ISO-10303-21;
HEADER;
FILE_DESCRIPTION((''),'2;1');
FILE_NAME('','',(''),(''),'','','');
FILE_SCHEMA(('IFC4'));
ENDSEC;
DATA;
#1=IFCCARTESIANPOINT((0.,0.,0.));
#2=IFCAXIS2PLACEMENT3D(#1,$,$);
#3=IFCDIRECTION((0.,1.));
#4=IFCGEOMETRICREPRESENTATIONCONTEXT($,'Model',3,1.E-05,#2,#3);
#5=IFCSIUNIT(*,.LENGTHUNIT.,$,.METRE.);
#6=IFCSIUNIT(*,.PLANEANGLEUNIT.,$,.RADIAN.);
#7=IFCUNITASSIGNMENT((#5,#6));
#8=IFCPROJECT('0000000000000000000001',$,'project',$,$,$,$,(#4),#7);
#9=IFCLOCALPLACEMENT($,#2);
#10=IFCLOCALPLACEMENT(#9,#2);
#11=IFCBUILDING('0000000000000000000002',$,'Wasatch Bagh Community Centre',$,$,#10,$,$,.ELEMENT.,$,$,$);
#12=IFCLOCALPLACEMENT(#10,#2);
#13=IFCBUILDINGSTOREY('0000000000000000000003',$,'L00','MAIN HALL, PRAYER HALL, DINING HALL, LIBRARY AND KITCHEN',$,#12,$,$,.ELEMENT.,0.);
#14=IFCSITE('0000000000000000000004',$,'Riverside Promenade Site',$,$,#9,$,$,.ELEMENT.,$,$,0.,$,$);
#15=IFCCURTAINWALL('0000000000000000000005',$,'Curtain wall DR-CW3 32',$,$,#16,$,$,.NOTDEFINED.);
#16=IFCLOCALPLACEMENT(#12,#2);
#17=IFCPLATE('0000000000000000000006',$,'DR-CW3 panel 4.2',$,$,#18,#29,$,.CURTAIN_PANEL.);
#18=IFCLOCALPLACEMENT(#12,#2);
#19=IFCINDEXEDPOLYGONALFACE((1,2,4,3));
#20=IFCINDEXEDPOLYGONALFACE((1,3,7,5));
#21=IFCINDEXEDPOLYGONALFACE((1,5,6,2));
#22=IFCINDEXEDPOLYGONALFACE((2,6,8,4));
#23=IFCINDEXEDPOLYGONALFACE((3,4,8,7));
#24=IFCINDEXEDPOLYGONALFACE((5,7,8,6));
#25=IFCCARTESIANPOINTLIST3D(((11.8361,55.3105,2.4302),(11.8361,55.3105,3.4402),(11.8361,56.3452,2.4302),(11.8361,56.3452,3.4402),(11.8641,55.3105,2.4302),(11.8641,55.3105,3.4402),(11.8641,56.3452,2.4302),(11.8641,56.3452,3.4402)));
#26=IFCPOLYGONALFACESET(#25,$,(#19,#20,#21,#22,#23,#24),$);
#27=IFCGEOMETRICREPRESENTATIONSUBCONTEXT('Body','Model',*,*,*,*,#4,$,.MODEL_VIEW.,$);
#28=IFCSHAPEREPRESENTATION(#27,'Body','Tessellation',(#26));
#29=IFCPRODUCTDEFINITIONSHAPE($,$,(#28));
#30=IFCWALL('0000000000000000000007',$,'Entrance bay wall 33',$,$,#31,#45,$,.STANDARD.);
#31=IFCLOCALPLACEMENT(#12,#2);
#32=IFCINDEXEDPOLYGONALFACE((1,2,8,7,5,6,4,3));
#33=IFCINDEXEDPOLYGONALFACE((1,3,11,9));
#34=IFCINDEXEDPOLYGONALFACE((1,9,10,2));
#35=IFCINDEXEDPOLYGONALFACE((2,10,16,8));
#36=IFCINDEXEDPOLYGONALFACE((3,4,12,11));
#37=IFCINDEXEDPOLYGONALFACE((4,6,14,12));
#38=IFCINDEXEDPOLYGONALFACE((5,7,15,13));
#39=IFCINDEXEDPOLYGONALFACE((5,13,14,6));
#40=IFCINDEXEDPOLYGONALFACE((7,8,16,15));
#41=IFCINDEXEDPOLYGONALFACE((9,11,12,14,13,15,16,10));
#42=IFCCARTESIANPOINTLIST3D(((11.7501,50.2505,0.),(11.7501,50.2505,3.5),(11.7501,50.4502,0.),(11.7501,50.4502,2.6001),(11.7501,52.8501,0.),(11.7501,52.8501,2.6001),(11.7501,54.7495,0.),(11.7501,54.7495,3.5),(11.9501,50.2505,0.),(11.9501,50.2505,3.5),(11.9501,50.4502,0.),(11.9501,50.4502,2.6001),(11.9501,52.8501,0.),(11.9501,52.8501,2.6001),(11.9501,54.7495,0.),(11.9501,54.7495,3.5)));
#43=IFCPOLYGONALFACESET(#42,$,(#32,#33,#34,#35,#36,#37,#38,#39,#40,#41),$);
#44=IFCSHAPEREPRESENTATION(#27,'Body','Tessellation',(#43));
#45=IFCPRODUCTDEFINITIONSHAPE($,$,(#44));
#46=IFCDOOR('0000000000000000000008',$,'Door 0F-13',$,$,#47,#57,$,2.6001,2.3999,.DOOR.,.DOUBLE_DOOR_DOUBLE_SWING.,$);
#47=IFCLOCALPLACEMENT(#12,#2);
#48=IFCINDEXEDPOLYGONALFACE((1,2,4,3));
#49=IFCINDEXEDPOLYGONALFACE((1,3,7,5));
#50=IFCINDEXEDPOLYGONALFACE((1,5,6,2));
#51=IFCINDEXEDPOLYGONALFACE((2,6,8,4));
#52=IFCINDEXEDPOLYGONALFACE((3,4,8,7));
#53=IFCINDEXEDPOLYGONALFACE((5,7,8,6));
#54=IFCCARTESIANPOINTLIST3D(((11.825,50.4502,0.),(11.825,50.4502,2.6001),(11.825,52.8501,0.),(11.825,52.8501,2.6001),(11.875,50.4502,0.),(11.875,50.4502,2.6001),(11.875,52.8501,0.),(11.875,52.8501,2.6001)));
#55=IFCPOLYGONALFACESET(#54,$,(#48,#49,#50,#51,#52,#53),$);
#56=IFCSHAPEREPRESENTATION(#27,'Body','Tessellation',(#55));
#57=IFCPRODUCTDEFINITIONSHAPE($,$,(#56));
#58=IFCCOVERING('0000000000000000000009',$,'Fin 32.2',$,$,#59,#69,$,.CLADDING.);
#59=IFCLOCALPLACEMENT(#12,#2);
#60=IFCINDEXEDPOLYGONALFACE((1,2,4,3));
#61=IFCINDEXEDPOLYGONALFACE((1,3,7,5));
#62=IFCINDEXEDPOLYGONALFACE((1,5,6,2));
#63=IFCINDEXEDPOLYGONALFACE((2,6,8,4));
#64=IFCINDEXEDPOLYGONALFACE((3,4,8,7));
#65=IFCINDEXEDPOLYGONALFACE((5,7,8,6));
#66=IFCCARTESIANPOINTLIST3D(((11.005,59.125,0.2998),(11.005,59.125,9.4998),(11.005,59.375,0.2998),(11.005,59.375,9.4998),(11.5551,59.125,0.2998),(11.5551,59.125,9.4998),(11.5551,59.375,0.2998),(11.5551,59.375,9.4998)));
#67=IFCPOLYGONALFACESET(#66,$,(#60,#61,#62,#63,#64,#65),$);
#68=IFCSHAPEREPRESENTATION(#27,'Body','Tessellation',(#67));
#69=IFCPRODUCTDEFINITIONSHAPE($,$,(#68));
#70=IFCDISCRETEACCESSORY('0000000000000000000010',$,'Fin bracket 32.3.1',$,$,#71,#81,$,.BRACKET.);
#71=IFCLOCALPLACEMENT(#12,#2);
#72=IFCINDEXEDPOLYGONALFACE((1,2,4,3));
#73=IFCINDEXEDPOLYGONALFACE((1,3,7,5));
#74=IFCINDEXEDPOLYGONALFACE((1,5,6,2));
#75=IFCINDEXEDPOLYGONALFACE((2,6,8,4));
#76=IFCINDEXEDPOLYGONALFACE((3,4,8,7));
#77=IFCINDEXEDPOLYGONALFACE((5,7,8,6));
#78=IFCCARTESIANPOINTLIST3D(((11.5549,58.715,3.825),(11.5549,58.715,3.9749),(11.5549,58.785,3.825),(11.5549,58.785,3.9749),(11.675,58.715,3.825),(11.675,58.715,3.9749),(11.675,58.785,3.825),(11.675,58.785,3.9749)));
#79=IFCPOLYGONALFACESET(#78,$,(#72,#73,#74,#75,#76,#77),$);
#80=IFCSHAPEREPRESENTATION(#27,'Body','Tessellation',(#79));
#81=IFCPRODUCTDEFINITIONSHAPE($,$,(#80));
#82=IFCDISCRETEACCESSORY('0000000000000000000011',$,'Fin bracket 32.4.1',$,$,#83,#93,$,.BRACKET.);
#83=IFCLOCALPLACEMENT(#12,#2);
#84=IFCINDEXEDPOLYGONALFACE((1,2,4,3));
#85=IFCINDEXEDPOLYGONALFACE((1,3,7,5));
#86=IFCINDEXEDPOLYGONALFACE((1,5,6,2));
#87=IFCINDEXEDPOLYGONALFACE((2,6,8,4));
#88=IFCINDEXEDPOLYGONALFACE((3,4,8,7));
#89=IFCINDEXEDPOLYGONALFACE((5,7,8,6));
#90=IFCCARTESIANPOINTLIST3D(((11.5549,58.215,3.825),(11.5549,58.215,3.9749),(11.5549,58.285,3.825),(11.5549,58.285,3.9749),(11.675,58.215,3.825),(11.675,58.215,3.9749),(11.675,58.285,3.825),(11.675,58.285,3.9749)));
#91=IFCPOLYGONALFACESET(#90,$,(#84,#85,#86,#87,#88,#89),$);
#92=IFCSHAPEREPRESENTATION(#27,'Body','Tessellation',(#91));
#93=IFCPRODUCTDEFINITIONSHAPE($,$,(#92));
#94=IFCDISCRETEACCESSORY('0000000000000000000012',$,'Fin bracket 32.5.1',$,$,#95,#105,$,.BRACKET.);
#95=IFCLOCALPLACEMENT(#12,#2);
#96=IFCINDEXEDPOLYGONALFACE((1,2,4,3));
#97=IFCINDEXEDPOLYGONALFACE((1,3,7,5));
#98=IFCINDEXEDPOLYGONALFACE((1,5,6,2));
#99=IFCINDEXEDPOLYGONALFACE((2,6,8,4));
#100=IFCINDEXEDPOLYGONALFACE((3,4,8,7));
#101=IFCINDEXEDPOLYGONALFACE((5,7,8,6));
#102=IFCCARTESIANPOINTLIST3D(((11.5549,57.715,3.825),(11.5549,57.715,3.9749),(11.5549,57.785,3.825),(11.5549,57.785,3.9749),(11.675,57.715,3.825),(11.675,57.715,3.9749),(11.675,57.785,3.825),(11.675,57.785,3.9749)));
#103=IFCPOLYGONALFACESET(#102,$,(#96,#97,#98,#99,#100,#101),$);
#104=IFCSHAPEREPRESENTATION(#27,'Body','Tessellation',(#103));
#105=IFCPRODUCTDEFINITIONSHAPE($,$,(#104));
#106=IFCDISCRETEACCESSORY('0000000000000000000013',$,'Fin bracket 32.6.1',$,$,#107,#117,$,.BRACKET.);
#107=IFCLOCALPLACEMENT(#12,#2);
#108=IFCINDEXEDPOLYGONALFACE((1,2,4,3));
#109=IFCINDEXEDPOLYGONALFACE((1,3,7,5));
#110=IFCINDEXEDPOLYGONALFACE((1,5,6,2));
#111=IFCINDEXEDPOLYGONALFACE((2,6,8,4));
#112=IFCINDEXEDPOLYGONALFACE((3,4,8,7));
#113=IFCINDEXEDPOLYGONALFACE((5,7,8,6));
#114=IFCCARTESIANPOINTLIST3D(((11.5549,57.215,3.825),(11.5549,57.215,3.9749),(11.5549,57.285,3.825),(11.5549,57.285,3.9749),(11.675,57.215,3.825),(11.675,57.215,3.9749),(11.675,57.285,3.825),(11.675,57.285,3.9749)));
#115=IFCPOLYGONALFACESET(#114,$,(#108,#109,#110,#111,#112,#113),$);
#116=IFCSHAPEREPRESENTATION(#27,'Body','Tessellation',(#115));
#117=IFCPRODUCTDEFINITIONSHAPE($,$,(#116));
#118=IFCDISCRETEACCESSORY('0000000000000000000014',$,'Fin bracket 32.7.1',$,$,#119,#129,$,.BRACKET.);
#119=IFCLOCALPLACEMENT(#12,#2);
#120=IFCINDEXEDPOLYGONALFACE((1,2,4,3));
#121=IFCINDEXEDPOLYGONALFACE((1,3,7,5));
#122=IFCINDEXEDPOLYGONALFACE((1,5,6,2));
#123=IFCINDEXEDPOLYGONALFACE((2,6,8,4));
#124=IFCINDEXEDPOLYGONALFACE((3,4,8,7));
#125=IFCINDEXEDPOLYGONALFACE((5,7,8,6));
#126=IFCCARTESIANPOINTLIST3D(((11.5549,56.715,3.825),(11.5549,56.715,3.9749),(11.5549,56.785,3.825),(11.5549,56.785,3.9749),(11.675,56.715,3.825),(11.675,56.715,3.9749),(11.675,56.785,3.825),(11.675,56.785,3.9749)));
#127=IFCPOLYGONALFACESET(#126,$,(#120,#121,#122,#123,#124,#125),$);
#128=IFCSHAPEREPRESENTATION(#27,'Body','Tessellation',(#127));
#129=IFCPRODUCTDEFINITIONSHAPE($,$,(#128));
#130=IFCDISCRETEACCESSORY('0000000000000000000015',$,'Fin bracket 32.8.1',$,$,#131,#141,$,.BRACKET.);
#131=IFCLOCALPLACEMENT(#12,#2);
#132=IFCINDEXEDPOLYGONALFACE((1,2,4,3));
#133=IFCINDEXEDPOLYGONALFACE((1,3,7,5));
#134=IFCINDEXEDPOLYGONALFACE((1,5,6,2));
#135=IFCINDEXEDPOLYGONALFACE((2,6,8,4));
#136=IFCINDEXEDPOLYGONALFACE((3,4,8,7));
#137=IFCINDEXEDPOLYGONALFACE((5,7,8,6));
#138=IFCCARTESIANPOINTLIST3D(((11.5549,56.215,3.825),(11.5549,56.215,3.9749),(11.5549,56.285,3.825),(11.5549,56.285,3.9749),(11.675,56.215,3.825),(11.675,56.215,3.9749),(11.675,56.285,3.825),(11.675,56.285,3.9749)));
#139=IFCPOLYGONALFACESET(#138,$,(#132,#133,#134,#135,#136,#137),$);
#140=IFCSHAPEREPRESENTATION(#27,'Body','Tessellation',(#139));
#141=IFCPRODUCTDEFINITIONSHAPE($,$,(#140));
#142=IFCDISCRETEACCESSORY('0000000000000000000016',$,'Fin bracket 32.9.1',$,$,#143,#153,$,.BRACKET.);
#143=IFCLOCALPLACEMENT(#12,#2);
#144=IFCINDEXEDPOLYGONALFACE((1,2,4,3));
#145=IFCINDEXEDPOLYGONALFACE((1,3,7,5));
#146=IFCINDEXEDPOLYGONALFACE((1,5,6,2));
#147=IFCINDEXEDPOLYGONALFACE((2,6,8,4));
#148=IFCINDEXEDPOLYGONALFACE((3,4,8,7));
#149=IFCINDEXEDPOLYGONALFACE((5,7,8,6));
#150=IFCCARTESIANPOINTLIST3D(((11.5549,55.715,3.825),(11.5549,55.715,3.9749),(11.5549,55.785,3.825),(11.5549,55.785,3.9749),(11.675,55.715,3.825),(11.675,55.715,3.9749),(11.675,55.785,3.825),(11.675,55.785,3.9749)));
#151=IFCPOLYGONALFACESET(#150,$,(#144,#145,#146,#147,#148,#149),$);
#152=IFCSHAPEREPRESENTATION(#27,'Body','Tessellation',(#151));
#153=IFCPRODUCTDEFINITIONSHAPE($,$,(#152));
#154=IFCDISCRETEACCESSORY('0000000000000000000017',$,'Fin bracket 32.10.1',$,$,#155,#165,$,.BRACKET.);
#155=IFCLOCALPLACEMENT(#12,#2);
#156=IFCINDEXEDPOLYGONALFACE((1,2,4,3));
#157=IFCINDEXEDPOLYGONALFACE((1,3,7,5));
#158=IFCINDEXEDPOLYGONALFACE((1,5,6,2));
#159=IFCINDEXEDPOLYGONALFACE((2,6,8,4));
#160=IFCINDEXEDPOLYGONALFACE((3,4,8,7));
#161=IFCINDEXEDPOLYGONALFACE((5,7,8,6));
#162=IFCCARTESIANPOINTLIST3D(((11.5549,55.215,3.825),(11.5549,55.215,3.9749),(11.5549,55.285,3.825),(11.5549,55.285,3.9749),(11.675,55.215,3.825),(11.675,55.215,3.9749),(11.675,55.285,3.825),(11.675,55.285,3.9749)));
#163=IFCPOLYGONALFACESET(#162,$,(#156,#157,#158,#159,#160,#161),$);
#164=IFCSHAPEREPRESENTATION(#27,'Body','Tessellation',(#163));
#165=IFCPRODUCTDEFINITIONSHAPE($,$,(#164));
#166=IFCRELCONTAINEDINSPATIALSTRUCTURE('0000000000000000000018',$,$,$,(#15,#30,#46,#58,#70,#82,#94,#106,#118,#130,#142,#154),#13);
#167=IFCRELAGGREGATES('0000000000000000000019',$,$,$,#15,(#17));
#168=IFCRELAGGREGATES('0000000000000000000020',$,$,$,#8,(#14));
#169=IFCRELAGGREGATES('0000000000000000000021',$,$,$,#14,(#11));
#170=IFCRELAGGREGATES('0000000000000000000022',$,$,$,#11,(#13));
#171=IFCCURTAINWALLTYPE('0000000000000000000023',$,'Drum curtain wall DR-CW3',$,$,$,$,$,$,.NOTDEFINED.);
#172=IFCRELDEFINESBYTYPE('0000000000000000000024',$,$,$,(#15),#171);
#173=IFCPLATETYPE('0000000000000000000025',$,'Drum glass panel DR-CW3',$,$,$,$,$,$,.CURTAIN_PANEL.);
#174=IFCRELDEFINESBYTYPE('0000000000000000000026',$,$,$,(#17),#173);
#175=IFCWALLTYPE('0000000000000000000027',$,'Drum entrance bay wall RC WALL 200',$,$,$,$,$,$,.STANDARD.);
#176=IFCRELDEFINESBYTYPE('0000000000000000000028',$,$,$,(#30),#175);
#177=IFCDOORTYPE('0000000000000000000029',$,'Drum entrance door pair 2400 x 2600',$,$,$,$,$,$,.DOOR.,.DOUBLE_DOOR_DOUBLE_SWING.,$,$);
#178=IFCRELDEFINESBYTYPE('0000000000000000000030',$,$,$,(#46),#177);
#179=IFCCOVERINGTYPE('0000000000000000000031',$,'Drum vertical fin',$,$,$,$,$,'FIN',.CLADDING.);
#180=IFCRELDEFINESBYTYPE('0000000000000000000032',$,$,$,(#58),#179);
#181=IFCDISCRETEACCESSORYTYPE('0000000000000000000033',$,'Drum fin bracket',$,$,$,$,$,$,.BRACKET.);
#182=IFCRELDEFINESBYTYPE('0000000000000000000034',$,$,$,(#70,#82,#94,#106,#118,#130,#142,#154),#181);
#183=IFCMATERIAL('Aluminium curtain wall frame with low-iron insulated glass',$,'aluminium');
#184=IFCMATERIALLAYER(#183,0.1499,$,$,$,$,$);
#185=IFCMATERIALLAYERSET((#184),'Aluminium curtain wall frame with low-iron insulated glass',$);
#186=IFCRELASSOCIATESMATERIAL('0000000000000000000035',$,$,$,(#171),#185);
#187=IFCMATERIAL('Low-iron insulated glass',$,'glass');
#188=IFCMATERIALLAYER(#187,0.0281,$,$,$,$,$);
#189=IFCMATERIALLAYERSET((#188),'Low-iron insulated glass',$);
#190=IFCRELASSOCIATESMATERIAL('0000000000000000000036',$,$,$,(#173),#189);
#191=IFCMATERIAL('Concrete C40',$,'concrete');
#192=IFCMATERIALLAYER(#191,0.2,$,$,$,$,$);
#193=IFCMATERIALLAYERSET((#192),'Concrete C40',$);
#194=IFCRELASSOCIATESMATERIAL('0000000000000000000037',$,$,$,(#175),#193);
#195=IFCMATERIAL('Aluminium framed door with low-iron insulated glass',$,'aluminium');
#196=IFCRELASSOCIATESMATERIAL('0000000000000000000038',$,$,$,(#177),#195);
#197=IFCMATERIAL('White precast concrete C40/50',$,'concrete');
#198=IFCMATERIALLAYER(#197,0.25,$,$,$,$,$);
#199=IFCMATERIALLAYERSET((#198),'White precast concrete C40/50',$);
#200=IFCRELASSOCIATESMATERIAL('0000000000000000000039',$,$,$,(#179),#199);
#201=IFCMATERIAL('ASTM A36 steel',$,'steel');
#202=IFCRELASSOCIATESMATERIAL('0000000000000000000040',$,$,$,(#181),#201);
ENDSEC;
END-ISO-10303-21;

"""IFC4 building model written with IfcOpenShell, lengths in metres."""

from ifc_helpers import new_model, si_unit, direction, frame, frame_2d, origin, origin_2d, place, context, subcontext, project, spatial, rectangle, extrude, material, layer, layer_set, type_object, element, fill, aggregate, save


model = new_model("IFC4")

# Units and contexts
model_context = context("Model", 3, precision=1e-05, world=origin(), true_north=direction((0.0, 1.0)))
body_context = subcontext(model_context, "Body", "Model", "MODEL_VIEW")
ifc_project = project(units=[si_unit("LENGTHUNIT", "METRE"), si_unit("PLANEANGLEUNIT", "RADIAN")], contexts=[model_context])

# Site, building, storey
site_placement = place(None, origin())
site = spatial("IfcSite", under=ifc_project, at=site_placement, Name="Riverside Promenade Site", CompositionType="ELEMENT", RefElevation=0.0)
building_placement = place(site_placement, origin())
building = spatial("IfcBuilding", under=site, at=building_placement, Name="Wasatch Bagh Community Centre", CompositionType="ELEMENT")
storey_placement = place(building_placement, origin())
storey = spatial("IfcBuildingStorey", under=building, at=storey_placement, Name="L00", Description="MAIN HALL, PRAYER HALL, DINING HALL, LIBRARY AND KITCHEN", CompositionType="ELEMENT", Elevation=0.0)

# Shared definitions
ifc_material_1 = material(Name="Concrete C40", Category="concrete")

# Curtain wall
ifc_material_2 = material(Name="Aluminium curtain wall frame with low-iron insulated glass", Category="aluminium")
ifc_layer_1 = layer(ifc_material_2, 0.1499)
ifc_layer_set_1 = layer_set([ifc_layer_1], Name="Aluminium curtain wall frame with low-iron insulated glass")
curtain_wall_type = type_object("IfcCurtainWallType", Name="Drum curtain wall DR-CW3", PredefinedType="NOTDEFINED", material=ifc_layer_set_1)
curtain_wall_placement = place(storey_placement, origin())
curtain_wall = element("IfcCurtainWall", 1, at=curtain_wall_placement, inside=storey, type_object=curtain_wall_type, Name="Curtain wall DR-CW3 32", PredefinedType="NOTDEFINED")

# Plate
ifc_material_3 = material(Name="Low-iron insulated glass", Category="glass")
ifc_layer_2 = layer(ifc_material_3, 0.0281)
ifc_layer_set_2 = layer_set([ifc_layer_2], Name="Low-iron insulated glass")
plate_type = type_object("IfcPlateType", Name="Drum glass panel DR-CW3", PredefinedType="CURTAIN_PANEL", material=ifc_layer_set_2)
plate_1_placement = place(storey_placement, frame((11.8501, 55.8279, 2.4302), z_axis=(0.0, 0.0, 1.0), x_axis=(0.0, -1.0, 0.0)))
plate_1 = element("IfcPlate", 2, at=plate_1_placement, type_object=plate_type, Name="DR-CW3 panel 4.2", PredefinedType="CURTAIN_PANEL", context=body_context, shape_type="SweptSolid", body=[
    extrude(rectangle(XDim=1.0347, YDim=0.0281, at=origin_2d()), origin(), (0.0, 0.0, 1.0), 1.01),
])
aggregate(curtain_wall, [plate_1])

# Wall, opening, door
ifc_layer_3 = layer(ifc_material_1, 0.2)
ifc_layer_set_3 = layer_set([ifc_layer_3], Name="Concrete C40")
wall_type = type_object("IfcWallType", Name="Drum entrance bay wall RC WALL 200", PredefinedType="STANDARD", material=ifc_layer_set_3)
wall_placement = place(storey_placement, frame((11.8501, 54.7495, 0.0), z_axis=(0.0, 0.0, 1.0), x_axis=(0.0, -1.0, 0.0)))
wall = element("IfcWall", 3, at=wall_placement, inside=storey, type_object=wall_type, Name="Entrance bay wall 33", PredefinedType="STANDARD", context=body_context, shape_type="SweptSolid", body=[
    extrude(rectangle(XDim=4.499, YDim=0.2, at=frame_2d((2.2495, 0.0))), origin(), (0.0, 0.0, 1.0), 3.5),
])
opening_placement = place(wall_placement, frame((1.8994, 0.0, 0.0)))
opening = element("IfcOpeningElement", 4, at=opening_placement, cuts=wall, PredefinedType="OPENING", context=body_context, shape_type="SweptSolid", body=[
    extrude(rectangle(XDim=2.3999, YDim=2.6001, at=frame_2d((1.2, 1.3))), frame((0.0, 0.1099, 0.0), z_axis=(0.0, -1.0, 0.0), x_axis=(1.0, 0.0, 0.0)), (0.0, 0.0, 1.0), 0.22),
])
ifc_material_4 = material(Name="Aluminium framed door with low-iron insulated glass", Category="aluminium")
door_type = type_object("IfcDoorType", Name="Drum entrance door pair 2400 x 2600", OperationType="DOUBLE_DOOR_DOUBLE_SWING", PredefinedType="DOOR", material=ifc_material_4)
door_placement = place(opening_placement, origin())
door = element("IfcDoor", 5, at=door_placement, inside=storey, type_object=door_type, Name="Door 0F-13", OperationType="DOUBLE_DOOR_DOUBLE_SWING", OverallHeight=2.6001, OverallWidth=2.3999, PredefinedType="DOOR", context=body_context, shape_type="SweptSolid", body=[
    extrude(rectangle(XDim=2.3999, YDim=2.6001, at=frame_2d((1.2, 1.3))), frame((0.0, 0.0249, 0.0), z_axis=(0.0, -1.0, 0.0), x_axis=(1.0, 0.0, 0.0)), (0.0, 0.0, 1.0), 0.05),
])
fill(opening, door)

# Covering
ifc_material_5 = material(Name="White precast concrete C40/50", Category="concrete")
ifc_layer_4 = layer(ifc_material_5, 0.25)
ifc_layer_set_4 = layer_set([ifc_layer_4], Name="White precast concrete C40/50")
covering_type = type_object("IfcCoveringType", Name="Drum vertical fin", ElementType="FIN", PredefinedType="CLADDING", material=ifc_layer_set_4)
covering_placement = place(storey_placement, frame((11.28, 59.25, 0.2998), z_axis=(0.0, 0.0, 1.0), x_axis=(0.0, -1.0, 0.0)))
element("IfcCovering", 6, at=covering_placement, inside=storey, type_object=covering_type, Name="Fin 32.2", PredefinedType="CLADDING", context=body_context, shape_type="SweptSolid", body=[
    extrude(rectangle(XDim=0.25, YDim=0.55, at=origin_2d()), origin(), (0.0, 0.0, 1.0), 9.2),
])

# Discrete accessories
ifc_material_6 = material(Name="ASTM A36 steel", Category="steel")
discrete_accessory_type = type_object("IfcDiscreteAccessoryType", Name="Drum fin bracket", PredefinedType="BRACKET", material=ifc_material_6)
for number, where, z_axis, x_axis, name in (
    (7, (11.615, 58.75, 3.825), (0.0, 0.0, 1.0), (0.0, -1.0, 0.0), "Fin bracket 32.3.1"),
    (8, (11.615, 58.25, 3.825), (0.0, 0.0, 1.0), (0.0, -1.0, 0.0), "Fin bracket 32.4.1"),
    (9, (11.615, 57.75, 3.825), (0.0, 0.0, 1.0), (0.0, -1.0, 0.0), "Fin bracket 32.5.1"),
    (10, (11.615, 57.25, 3.825), (0.0, 0.0, 1.0), (0.0, -1.0, 0.0), "Fin bracket 32.6.1"),
    (11, (11.615, 56.75, 3.825), (0.0, 0.0, 1.0), (0.0, -1.0, 0.0), "Fin bracket 32.7.1"),
    (12, (11.615, 56.25, 3.825), (0.0, 0.0, 1.0), (0.0, -1.0, 0.0), "Fin bracket 32.8.1"),
    (13, (11.615, 55.75, 3.825), (0.0, 0.0, 1.0), (0.0, -1.0, 0.0), "Fin bracket 32.9.1"),
    (14, (11.615, 55.25, 3.825), (0.0, 0.0, 1.0), (0.0, -1.0, 0.0), "Fin bracket 32.10.1"),
):
    element("IfcDiscreteAccessory", number, at=place(storey_placement, frame(where, z_axis=z_axis, x_axis=x_axis)), inside=storey, type_object=discrete_accessory_type, Name=name, PredefinedType="BRACKET", context=body_context, shape_type="SweptSolid", body=[
        extrude(rectangle(XDim=0.0701, YDim=0.1201, at=origin_2d()), origin(), (0.0, 0.0, 1.0), 0.1499),
    ])

save(model, "model.ifc")
